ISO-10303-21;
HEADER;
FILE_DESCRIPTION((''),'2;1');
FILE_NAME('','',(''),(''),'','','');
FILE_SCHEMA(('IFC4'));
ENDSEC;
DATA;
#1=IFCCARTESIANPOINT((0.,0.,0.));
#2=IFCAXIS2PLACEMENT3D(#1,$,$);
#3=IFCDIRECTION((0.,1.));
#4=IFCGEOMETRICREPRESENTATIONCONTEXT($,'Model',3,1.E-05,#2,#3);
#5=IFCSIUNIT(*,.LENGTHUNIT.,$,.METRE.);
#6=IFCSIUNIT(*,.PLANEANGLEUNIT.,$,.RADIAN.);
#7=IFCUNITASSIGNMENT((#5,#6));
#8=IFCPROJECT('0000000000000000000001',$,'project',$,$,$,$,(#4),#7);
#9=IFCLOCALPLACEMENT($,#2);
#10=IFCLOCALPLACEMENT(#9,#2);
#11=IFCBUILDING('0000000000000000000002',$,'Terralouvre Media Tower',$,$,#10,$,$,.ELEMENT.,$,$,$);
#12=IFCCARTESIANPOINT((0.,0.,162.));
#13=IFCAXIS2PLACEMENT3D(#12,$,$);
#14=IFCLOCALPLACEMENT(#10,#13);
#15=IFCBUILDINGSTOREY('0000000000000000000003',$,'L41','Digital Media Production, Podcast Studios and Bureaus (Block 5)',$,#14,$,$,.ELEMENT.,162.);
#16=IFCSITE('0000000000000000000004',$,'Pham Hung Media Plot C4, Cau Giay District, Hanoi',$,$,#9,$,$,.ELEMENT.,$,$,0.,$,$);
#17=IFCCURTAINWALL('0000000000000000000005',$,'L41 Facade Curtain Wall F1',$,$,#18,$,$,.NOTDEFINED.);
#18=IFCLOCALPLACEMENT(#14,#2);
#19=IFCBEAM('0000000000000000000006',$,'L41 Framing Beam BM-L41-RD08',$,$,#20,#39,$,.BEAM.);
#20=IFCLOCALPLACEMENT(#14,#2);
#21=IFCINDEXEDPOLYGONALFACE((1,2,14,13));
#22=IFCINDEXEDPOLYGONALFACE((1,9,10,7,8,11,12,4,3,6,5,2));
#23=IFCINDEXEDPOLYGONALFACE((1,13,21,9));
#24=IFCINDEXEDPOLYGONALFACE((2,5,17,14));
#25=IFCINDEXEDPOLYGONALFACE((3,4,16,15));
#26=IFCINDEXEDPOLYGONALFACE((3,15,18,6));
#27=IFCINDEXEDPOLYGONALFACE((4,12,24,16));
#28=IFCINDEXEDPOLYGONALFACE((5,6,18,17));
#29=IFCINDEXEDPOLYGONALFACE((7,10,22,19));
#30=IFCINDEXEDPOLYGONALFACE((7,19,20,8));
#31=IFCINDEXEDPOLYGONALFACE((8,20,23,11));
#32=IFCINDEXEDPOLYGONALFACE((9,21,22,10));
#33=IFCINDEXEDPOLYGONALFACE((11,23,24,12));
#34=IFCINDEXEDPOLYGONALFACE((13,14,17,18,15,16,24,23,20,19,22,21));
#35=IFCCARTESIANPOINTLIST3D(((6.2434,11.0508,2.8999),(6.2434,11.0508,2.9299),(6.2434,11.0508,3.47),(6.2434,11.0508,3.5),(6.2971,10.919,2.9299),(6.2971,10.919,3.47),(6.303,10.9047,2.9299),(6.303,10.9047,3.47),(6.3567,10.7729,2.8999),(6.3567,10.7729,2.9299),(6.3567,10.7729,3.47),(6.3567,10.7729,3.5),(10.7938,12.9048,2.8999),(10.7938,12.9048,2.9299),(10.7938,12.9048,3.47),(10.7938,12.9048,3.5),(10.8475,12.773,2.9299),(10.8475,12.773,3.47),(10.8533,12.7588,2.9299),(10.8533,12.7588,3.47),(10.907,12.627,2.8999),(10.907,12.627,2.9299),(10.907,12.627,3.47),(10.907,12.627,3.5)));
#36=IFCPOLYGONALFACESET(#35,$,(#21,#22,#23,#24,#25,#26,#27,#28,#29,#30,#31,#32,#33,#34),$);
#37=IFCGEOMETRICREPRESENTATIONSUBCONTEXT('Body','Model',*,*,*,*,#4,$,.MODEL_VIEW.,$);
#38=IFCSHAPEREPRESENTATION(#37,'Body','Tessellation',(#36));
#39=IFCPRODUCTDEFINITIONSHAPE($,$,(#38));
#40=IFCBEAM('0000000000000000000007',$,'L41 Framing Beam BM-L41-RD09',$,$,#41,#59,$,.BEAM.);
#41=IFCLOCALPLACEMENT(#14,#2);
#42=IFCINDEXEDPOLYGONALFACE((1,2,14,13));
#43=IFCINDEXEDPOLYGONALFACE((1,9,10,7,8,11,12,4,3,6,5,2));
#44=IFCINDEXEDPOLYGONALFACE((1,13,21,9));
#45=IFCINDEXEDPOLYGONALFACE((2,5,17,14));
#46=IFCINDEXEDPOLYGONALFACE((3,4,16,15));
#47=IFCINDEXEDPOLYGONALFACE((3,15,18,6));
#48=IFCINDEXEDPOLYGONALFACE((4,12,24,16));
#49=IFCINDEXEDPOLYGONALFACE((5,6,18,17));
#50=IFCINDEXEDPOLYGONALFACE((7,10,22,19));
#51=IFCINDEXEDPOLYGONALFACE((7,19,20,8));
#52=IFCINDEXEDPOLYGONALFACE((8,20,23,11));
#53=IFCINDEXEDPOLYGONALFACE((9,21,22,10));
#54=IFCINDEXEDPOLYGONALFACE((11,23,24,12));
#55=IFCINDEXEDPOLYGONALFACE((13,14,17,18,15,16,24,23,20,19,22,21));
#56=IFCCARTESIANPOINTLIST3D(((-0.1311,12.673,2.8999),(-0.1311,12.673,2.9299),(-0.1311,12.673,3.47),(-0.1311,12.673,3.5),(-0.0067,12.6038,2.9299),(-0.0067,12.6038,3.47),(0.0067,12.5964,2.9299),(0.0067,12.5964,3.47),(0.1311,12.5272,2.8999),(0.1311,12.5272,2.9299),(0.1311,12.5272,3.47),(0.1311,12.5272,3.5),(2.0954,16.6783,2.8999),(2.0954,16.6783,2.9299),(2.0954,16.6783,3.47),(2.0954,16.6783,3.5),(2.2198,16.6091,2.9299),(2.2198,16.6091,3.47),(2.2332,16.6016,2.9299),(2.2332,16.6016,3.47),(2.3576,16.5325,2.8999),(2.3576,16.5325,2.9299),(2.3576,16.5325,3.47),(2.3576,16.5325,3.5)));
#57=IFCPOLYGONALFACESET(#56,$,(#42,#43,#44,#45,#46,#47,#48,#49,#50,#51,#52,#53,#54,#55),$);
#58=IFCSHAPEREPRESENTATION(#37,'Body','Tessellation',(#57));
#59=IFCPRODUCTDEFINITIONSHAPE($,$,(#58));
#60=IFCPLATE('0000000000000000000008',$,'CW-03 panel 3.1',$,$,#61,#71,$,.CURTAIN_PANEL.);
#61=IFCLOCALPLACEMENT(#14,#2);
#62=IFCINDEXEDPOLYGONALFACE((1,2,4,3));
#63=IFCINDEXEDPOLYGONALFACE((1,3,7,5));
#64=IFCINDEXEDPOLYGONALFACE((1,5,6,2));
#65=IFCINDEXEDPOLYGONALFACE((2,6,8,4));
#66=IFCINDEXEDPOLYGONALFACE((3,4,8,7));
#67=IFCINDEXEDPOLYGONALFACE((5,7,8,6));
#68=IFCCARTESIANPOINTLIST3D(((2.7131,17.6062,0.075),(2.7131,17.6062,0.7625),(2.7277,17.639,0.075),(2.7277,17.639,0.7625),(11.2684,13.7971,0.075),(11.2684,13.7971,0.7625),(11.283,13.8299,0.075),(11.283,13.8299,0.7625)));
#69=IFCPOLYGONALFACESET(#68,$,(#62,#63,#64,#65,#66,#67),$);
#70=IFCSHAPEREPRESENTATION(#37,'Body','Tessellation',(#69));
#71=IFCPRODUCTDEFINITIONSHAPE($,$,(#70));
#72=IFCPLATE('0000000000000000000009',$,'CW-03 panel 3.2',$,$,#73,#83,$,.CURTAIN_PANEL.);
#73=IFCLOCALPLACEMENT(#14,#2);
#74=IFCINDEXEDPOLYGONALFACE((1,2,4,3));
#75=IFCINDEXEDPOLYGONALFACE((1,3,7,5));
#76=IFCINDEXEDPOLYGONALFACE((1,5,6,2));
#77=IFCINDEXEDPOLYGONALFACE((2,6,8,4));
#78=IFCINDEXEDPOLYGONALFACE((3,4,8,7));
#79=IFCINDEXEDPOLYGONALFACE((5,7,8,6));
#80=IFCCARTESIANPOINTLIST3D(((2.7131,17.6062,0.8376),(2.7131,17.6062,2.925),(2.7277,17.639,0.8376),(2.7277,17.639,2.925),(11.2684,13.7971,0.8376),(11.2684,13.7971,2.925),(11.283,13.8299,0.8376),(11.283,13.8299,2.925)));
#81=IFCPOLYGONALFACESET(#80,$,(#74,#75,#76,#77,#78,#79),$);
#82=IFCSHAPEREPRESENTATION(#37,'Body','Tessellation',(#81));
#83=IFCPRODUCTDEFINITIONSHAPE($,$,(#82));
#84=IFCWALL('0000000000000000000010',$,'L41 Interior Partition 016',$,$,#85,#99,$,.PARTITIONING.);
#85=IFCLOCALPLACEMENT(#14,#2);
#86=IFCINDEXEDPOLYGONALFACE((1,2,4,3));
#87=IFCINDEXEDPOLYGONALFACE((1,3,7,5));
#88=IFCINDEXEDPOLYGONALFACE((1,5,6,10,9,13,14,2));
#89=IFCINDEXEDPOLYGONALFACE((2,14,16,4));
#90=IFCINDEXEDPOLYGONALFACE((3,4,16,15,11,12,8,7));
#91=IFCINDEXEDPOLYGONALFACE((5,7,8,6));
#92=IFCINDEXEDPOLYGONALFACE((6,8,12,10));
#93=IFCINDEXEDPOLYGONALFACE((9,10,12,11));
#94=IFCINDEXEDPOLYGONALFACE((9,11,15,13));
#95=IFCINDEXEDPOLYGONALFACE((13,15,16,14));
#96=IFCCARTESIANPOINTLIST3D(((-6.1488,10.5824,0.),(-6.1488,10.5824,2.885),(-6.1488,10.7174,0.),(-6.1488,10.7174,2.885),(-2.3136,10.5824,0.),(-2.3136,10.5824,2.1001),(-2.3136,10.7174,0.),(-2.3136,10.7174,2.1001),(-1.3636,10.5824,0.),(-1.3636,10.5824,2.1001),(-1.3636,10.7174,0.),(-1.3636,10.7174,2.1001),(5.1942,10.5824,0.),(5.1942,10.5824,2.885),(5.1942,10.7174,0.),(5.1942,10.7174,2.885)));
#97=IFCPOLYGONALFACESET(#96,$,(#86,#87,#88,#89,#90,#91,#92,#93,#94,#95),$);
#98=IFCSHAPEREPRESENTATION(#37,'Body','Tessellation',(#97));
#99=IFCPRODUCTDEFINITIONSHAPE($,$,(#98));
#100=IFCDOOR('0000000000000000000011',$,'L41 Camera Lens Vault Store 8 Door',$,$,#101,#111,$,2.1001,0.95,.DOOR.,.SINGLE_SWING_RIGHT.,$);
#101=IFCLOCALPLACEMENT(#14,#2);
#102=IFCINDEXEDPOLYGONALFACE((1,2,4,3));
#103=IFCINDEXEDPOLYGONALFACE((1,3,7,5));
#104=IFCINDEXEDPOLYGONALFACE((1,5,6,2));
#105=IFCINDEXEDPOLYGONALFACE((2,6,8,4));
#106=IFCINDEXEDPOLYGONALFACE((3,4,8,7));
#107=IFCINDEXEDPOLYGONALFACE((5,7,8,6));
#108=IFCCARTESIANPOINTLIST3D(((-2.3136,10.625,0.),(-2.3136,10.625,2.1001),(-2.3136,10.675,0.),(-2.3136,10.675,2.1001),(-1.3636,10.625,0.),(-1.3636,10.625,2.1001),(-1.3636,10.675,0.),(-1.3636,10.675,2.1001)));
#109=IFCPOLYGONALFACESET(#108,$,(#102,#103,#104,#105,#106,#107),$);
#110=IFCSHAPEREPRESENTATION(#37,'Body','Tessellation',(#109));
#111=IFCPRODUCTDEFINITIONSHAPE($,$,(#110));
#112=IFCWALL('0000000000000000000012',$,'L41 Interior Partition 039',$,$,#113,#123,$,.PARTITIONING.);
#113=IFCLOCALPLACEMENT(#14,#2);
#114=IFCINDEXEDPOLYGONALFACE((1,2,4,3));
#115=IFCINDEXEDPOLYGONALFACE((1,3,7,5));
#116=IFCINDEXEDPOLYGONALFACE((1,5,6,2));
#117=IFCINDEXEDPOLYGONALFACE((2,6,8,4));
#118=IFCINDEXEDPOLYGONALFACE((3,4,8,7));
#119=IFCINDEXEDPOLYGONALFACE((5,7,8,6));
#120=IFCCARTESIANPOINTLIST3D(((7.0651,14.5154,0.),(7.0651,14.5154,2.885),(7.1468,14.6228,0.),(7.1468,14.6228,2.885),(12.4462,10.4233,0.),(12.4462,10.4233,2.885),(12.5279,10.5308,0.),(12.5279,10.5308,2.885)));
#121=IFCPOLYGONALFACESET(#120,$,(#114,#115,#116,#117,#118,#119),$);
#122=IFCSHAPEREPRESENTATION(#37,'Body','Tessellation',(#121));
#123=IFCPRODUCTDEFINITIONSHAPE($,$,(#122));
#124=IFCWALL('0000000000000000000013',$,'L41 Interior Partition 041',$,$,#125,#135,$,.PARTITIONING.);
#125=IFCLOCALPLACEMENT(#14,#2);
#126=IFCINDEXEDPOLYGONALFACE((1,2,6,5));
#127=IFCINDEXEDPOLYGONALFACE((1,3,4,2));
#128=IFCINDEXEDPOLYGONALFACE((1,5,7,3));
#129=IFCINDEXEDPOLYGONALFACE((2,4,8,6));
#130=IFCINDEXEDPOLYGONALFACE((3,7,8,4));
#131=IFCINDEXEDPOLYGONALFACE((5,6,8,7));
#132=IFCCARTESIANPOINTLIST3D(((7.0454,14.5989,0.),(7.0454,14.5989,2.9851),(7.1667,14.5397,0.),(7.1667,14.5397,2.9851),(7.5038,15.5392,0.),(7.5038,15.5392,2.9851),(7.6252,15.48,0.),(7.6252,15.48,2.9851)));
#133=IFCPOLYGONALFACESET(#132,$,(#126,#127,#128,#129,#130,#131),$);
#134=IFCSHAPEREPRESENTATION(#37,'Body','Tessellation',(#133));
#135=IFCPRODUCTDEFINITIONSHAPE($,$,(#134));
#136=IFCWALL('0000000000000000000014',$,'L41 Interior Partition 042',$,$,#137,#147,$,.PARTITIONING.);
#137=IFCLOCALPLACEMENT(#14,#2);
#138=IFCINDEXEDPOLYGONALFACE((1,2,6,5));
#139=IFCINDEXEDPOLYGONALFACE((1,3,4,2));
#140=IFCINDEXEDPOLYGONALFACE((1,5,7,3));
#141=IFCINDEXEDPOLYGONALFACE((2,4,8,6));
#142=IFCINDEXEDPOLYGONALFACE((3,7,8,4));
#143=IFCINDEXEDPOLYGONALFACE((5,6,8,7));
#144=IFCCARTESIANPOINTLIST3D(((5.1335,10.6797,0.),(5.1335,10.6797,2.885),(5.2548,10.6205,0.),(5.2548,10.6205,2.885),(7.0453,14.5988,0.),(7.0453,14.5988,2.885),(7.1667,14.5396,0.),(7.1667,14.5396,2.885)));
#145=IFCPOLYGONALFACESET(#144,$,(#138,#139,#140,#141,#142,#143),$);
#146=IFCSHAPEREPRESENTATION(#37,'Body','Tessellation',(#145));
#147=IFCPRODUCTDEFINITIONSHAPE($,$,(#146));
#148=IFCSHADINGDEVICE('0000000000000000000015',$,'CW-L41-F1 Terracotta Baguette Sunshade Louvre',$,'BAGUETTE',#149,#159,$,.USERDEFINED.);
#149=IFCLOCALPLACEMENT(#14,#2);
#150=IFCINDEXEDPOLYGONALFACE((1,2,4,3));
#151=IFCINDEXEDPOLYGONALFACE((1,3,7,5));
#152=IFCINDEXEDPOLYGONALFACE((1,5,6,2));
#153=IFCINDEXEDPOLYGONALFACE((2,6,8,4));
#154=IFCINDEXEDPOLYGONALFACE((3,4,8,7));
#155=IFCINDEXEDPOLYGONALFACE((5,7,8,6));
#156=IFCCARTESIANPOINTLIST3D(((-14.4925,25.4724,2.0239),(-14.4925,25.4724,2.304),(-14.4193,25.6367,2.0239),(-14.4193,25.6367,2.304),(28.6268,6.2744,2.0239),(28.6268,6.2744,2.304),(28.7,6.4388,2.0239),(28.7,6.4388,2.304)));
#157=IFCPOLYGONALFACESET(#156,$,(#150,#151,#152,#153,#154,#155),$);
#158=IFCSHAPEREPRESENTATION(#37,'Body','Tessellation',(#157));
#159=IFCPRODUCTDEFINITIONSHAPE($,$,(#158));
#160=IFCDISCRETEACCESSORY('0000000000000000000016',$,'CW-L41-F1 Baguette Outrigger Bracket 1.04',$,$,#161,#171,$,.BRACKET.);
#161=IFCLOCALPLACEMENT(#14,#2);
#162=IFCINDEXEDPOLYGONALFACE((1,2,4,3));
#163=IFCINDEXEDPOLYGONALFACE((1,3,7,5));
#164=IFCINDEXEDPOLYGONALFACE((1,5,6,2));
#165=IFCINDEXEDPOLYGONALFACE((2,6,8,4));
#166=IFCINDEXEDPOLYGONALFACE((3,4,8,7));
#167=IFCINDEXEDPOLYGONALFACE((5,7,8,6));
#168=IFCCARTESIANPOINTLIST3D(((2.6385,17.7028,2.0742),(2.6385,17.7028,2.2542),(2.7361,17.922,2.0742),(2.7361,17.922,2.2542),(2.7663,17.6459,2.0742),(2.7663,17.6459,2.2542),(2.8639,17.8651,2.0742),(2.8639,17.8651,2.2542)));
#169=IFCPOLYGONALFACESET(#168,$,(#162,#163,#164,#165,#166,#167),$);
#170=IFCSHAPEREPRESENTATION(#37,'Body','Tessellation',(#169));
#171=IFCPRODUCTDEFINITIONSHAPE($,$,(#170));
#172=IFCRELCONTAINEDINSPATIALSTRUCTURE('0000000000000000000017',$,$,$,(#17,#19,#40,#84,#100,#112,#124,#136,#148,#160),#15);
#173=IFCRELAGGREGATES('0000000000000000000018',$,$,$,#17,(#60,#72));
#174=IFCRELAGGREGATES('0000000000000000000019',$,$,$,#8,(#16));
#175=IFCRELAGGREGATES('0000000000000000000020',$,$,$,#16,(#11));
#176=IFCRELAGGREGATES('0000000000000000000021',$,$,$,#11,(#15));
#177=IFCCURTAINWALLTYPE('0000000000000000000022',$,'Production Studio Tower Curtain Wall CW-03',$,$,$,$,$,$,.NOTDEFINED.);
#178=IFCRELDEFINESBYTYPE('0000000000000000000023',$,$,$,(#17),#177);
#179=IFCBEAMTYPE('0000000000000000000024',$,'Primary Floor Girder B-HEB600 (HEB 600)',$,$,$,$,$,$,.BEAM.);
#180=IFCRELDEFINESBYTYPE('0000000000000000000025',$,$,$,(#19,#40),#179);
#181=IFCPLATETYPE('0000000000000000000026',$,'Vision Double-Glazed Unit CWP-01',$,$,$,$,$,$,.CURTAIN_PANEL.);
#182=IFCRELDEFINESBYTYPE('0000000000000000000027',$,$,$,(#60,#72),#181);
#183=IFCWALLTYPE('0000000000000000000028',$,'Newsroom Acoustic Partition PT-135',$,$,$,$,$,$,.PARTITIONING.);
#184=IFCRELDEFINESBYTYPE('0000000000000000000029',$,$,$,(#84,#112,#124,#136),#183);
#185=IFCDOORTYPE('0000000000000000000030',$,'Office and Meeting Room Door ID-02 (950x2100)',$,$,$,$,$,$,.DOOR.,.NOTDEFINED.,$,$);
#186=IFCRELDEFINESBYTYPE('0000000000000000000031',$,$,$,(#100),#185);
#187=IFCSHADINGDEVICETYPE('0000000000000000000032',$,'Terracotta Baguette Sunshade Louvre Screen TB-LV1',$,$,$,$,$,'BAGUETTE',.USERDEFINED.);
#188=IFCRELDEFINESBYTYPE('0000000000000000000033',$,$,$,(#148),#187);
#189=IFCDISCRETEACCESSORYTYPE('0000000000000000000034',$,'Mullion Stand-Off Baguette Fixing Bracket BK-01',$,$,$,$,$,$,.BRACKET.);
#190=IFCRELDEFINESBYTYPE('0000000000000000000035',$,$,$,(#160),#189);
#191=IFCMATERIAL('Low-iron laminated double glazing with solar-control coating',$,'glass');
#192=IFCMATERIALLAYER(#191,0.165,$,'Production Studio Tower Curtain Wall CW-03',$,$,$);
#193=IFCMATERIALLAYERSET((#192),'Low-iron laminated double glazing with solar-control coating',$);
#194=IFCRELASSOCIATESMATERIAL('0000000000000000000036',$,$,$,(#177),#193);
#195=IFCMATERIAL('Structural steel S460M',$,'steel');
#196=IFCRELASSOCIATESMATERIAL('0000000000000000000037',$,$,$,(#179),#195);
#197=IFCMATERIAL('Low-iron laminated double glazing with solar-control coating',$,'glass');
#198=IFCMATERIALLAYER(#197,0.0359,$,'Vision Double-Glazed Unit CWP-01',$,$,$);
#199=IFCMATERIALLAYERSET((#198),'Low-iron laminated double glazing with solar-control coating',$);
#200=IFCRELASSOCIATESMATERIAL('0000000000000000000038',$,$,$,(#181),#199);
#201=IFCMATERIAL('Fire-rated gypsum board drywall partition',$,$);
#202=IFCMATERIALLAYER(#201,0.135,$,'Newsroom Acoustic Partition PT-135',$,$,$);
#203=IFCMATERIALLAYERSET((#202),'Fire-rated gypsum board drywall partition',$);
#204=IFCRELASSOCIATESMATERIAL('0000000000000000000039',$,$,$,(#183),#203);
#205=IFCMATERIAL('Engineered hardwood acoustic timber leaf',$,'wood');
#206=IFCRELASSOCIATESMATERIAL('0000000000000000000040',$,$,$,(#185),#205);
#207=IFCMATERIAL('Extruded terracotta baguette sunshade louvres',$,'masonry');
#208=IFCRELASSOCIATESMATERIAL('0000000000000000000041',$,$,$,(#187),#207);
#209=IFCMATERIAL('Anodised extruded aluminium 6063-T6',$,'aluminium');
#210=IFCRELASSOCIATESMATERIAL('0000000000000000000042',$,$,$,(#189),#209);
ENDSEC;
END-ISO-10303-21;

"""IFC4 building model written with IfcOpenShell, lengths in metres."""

from ifc_helpers import new_model, si_unit, direction, frame, frame_2d, origin, origin_2d, place, context, subcontext, project, spatial, rectangle, i_section, extrude, material, layer, layer_set, material_profile, profile_set, type_object, element, fill, aggregate, save


model = new_model("IFC4")

# Units and contexts
model_context = context("Model", 3, precision=1e-05, world=origin(), true_north=direction((0.0, 1.0)))
body_context = subcontext(model_context, "Body", "Model", "MODEL_VIEW")
ifc_project = project(units=[si_unit("LENGTHUNIT", "METRE"), si_unit("PLANEANGLEUNIT", "RADIAN")], contexts=[model_context])

# Site, building, storey
site_placement = place(None, origin())
site = spatial("IfcSite", under=ifc_project, at=site_placement, Name="Pham Hung Media Plot C4, Cau Giay District, Hanoi", CompositionType="ELEMENT", RefElevation=0.0)
building_placement = place(site_placement, origin())
building = spatial("IfcBuilding", under=site, at=building_placement, Name="Terralouvre Media Tower", CompositionType="ELEMENT")
storey_placement = place(building_placement, frame((0.0, 0.0, 162.0)))
storey = spatial("IfcBuildingStorey", under=building, at=storey_placement, Name="L41", Description="Digital Media Production, Podcast Studios and Bureaus (Block 5)", CompositionType="ELEMENT", Elevation=162.0)

# Curtain wall
ifc_material_1 = material(Name="Low-iron laminated double glazing with solar-control coating", Category="glass")
ifc_layer_1 = layer(ifc_material_1, 0.165, Name="Production Studio Tower Curtain Wall CW-03")
ifc_layer_set_1 = layer_set([ifc_layer_1], Name="Low-iron laminated double glazing with solar-control coating")
curtain_wall_type = type_object("IfcCurtainWallType", Name="Production Studio Tower Curtain Wall CW-03", PredefinedType="NOTDEFINED", material=ifc_layer_set_1)
curtain_wall_placement = place(storey_placement, origin())
curtain_wall = element("IfcCurtainWall", 1, at=curtain_wall_placement, inside=storey, type_object=curtain_wall_type, Name="L41 Facade Curtain Wall F1", PredefinedType="NOTDEFINED")

# Beams
ifc_material_2 = material(Name="Structural steel S460M", Category="steel")
ifc_material_profile_1 = material_profile(ifc_material_2, i_section(OverallWidth=0.3, OverallDepth=0.6001, WebThickness=0.0154, FlangeThickness=0.03, at=origin_2d()), Name="HEB 600")
ifc_profile_set_1 = profile_set([ifc_material_profile_1], Name="Structural steel S460M")
beam_type_1 = type_object("IfcBeamType", Name="Primary Floor Girder B-HEB600 (HEB 600)", PredefinedType="BEAM", material=ifc_profile_set_1)
beam_1_placement = place(storey_placement, frame((6.3, 10.9119, 3.2), z_axis=(0.926079, 0.377328, 0.0), x_axis=(-0.377328, 0.926079, 0.0)))
element("IfcBeam", 2, at=beam_1_placement, inside=storey, type_object=beam_type_1, Name="L41 Framing Beam BM-L41-RD08", PredefinedType="BEAM", context=body_context, shape_type="SweptSolid", body=[
    extrude(i_section(OverallWidth=0.3, OverallDepth=0.6001, WebThickness=0.0154, FlangeThickness=0.03, at=origin_2d()), origin(), (0.0, 0.0, 1.0), 4.9136),
])
beam_2_placement = place(storey_placement, frame((0.0, 12.6001, 3.2), z_axis=(0.485869, 0.874032, 0.0), x_axis=(-0.874032, 0.485869, 0.0)))
element("IfcBeam", 3, at=beam_2_placement, inside=storey, type_object=beam_type_1, Name="L41 Framing Beam BM-L41-RD09", PredefinedType="BEAM", context=body_context, shape_type="SweptSolid", body=[
    extrude(i_section(OverallWidth=0.3, OverallDepth=0.6001, WebThickness=0.0154, FlangeThickness=0.03, at=origin_2d()), origin(), (0.0, 0.0, 1.0), 4.5825),
])

# Plates
ifc_material_3 = material(Name="Low-iron laminated double glazing with solar-control coating", Category="glass")
ifc_layer_2 = layer(ifc_material_3, 0.0359, Name="Vision Double-Glazed Unit CWP-01")
ifc_layer_set_2 = layer_set([ifc_layer_2], Name="Low-iron laminated double glazing with solar-control coating")
plate_type = type_object("IfcPlateType", Name="Vision Double-Glazed Unit CWP-01", PredefinedType="CURTAIN_PANEL", material=ifc_layer_set_2)
plate_1_placement = place(storey_placement, frame((6.998, 15.718, 0.075), z_axis=(0.0, 0.0, 1.0), x_axis=(-0.913545, 0.406737, 0.0)))
plate_1 = element("IfcPlate", 4, at=plate_1_placement, type_object=plate_type, Name="CW-03 panel 3.1", PredefinedType="CURTAIN_PANEL", context=body_context, shape_type="SweptSolid", body=[
    extrude(rectangle(XDim=9.365, YDim=0.0359, at=origin_2d()), origin(), (0.0, 0.0, 1.0), 0.6875),
])
plate_2_placement = place(storey_placement, frame((6.998, 15.718, 0.8376), z_axis=(0.0, 0.0, 1.0), x_axis=(-0.913545, 0.406737, 0.0)))
plate_2 = element("IfcPlate", 5, at=plate_2_placement, type_object=plate_type, Name="CW-03 panel 3.2", PredefinedType="CURTAIN_PANEL", context=body_context, shape_type="SweptSolid", body=[
    extrude(rectangle(XDim=9.365, YDim=0.0359, at=origin_2d()), origin(), (0.0, 0.0, 1.0), 2.0874),
])
aggregate(curtain_wall, [plate_1, plate_2])

# Wall, opening, door
ifc_material_4 = material(Name="Fire-rated gypsum board drywall partition")
ifc_layer_3 = layer(ifc_material_4, 0.135, Name="Newsroom Acoustic Partition PT-135")
ifc_layer_set_3 = layer_set([ifc_layer_3], Name="Fire-rated gypsum board drywall partition")
wall_type = type_object("IfcWallType", Name="Newsroom Acoustic Partition PT-135", PredefinedType="PARTITIONING", material=ifc_layer_set_3)
wall_1_placement = place(storey_placement, frame((5.1941, 10.6499, 0.0), z_axis=(0.0, 0.0, 1.0), x_axis=(-1.0, 0.0, 0.0)))
wall_1 = element("IfcWall", 6, at=wall_1_placement, inside=storey, type_object=wall_type, Name="L41 Interior Partition 016", PredefinedType="PARTITIONING", context=body_context, shape_type="SweptSolid", body=[
    extrude(rectangle(XDim=11.343, YDim=0.135, at=frame_2d((5.6714, 0.0))), origin(), (0.0, 0.0, 1.0), 2.885),
])
opening_placement = place(wall_1_placement, frame((6.5576, 0.0, 0.0)))
opening = element("IfcOpeningElement", 7, at=opening_placement, cuts=wall_1, PredefinedType="OPENING", context=body_context, shape_type="SweptSolid", body=[
    extrude(rectangle(XDim=0.95, YDim=2.1001, at=frame_2d((0.4751, 1.05))), frame((0.0, 0.0774, 0.0), z_axis=(0.0, -1.0, 0.0), x_axis=(1.0, 0.0, 0.0)), (0.0, 0.0, 1.0), 0.155),
])
ifc_material_5 = material(Name="Engineered hardwood acoustic timber leaf", Category="wood")
door_type = type_object("IfcDoorType", Name="Office and Meeting Room Door ID-02 (950x2100)", OperationType="NOTDEFINED", PredefinedType="DOOR", material=ifc_material_5)
door_placement = place(opening_placement, origin())
door = element("IfcDoor", 8, at=door_placement, inside=storey, type_object=door_type, Name="L41 Camera Lens Vault Store 8 Door", OperationType="SINGLE_SWING_RIGHT", OverallHeight=2.1001, OverallWidth=0.95, PredefinedType="DOOR", context=body_context, shape_type="SweptSolid", body=[
    extrude(rectangle(XDim=0.95, YDim=2.1001, at=frame_2d((0.4751, 1.05))), frame((0.0, 0.0249, 0.0), z_axis=(0.0, -1.0, 0.0), x_axis=(1.0, 0.0, 0.0)), (0.0, 0.0, 1.0), 0.05),
])
fill(opening, door)

# Walls
wall_2_placement = place(storey_placement, frame((7.106, 14.5691, 0.0), z_axis=(0.0, 0.0, 1.0), x_axis=(0.795991, -0.605308, 0.0)))
element("IfcWall", 9, at=wall_2_placement, inside=storey, type_object=wall_type, Name="L41 Interior Partition 039", PredefinedType="PARTITIONING", context=body_context, shape_type="SweptSolid", body=[
    extrude(rectangle(XDim=6.7603, YDim=0.135, at=frame_2d((3.3801, 0.0))), origin(), (0.0, 0.0, 1.0), 2.885),
])
wall_3_placement = place(storey_placement, frame((7.5645, 15.5095, 0.0), z_axis=(0.0, 0.0, 1.0), x_axis=(-0.438231, -0.898863, 0.0)))
element("IfcWall", 10, at=wall_3_placement, inside=storey, type_object=wall_type, Name="L41 Interior Partition 041", PredefinedType="PARTITIONING", context=body_context, shape_type="SweptSolid", body=[
    extrude(rectangle(XDim=1.0461, YDim=0.135, at=frame_2d((0.5229, 0.0))), origin(), (0.0, 0.0, 1.0), 2.9851),
])
wall_4_placement = place(storey_placement, frame((7.106, 14.5691, 0.0), z_axis=(0.0, 0.0, 1.0), x_axis=(-0.438436, -0.898763, 0.0)))
element("IfcWall", 11, at=wall_4_placement, inside=storey, type_object=wall_type, Name="L41 Interior Partition 042", PredefinedType="PARTITIONING", context=body_context, shape_type="SweptSolid", body=[
    extrude(rectangle(XDim=4.3606, YDim=0.135, at=frame_2d((2.1802, 0.0))), origin(), (0.0, 0.0, 1.0), 2.885),
])

# Shading device
ifc_material_6 = material(Name="Extruded terracotta baguette sunshade louvres", Category="masonry")
shading_device_type = type_object("IfcShadingDeviceType", Name="Terracotta Baguette Sunshade Louvre Screen TB-LV1", ElementType="BAGUETTE", PredefinedType="USERDEFINED", material=ifc_material_6)
shading_device_placement = place(storey_placement, frame((7.1038, 15.9556, 2.0239), z_axis=(0.0, 0.0, 1.0), x_axis=(-0.913545, 0.406737, 0.0)))
element("IfcShadingDevice", 12, at=shading_device_placement, inside=storey, type_object=shading_device_type, Name="CW-L41-F1 Terracotta Baguette Sunshade Louvre", ObjectType="BAGUETTE", PredefinedType="USERDEFINED", context=body_context, shape_type="SweptSolid", body=[
    extrude(rectangle(XDim=47.2, YDim=0.1799, at=origin_2d()), origin(), (0.0, 0.0, 1.0), 0.28),
])

# Discrete accessory
ifc_material_7 = material(Name="Anodised extruded aluminium 6063-T6", Category="aluminium")
discrete_accessory_type = type_object("IfcDiscreteAccessoryType", Name="Mullion Stand-Off Baguette Fixing Bracket BK-01", PredefinedType="BRACKET", material=ifc_material_7)
discrete_accessory_placement = place(storey_placement, frame((2.7512, 17.7839, 2.0742), z_axis=(0.0, 0.0, 1.0), x_axis=(-0.913545, 0.406737, 0.0)))
element("IfcDiscreteAccessory", 13, at=discrete_accessory_placement, inside=storey, type_object=discrete_accessory_type, Name="CW-L41-F1 Baguette Outrigger Bracket 1.04", PredefinedType="BRACKET", context=body_context, shape_type="SweptSolid", body=[
    extrude(rectangle(XDim=0.1399, YDim=0.24, at=origin_2d()), origin(), (0.0, 0.0, 1.0), 0.1799),
])

save(model, "model.ifc")
